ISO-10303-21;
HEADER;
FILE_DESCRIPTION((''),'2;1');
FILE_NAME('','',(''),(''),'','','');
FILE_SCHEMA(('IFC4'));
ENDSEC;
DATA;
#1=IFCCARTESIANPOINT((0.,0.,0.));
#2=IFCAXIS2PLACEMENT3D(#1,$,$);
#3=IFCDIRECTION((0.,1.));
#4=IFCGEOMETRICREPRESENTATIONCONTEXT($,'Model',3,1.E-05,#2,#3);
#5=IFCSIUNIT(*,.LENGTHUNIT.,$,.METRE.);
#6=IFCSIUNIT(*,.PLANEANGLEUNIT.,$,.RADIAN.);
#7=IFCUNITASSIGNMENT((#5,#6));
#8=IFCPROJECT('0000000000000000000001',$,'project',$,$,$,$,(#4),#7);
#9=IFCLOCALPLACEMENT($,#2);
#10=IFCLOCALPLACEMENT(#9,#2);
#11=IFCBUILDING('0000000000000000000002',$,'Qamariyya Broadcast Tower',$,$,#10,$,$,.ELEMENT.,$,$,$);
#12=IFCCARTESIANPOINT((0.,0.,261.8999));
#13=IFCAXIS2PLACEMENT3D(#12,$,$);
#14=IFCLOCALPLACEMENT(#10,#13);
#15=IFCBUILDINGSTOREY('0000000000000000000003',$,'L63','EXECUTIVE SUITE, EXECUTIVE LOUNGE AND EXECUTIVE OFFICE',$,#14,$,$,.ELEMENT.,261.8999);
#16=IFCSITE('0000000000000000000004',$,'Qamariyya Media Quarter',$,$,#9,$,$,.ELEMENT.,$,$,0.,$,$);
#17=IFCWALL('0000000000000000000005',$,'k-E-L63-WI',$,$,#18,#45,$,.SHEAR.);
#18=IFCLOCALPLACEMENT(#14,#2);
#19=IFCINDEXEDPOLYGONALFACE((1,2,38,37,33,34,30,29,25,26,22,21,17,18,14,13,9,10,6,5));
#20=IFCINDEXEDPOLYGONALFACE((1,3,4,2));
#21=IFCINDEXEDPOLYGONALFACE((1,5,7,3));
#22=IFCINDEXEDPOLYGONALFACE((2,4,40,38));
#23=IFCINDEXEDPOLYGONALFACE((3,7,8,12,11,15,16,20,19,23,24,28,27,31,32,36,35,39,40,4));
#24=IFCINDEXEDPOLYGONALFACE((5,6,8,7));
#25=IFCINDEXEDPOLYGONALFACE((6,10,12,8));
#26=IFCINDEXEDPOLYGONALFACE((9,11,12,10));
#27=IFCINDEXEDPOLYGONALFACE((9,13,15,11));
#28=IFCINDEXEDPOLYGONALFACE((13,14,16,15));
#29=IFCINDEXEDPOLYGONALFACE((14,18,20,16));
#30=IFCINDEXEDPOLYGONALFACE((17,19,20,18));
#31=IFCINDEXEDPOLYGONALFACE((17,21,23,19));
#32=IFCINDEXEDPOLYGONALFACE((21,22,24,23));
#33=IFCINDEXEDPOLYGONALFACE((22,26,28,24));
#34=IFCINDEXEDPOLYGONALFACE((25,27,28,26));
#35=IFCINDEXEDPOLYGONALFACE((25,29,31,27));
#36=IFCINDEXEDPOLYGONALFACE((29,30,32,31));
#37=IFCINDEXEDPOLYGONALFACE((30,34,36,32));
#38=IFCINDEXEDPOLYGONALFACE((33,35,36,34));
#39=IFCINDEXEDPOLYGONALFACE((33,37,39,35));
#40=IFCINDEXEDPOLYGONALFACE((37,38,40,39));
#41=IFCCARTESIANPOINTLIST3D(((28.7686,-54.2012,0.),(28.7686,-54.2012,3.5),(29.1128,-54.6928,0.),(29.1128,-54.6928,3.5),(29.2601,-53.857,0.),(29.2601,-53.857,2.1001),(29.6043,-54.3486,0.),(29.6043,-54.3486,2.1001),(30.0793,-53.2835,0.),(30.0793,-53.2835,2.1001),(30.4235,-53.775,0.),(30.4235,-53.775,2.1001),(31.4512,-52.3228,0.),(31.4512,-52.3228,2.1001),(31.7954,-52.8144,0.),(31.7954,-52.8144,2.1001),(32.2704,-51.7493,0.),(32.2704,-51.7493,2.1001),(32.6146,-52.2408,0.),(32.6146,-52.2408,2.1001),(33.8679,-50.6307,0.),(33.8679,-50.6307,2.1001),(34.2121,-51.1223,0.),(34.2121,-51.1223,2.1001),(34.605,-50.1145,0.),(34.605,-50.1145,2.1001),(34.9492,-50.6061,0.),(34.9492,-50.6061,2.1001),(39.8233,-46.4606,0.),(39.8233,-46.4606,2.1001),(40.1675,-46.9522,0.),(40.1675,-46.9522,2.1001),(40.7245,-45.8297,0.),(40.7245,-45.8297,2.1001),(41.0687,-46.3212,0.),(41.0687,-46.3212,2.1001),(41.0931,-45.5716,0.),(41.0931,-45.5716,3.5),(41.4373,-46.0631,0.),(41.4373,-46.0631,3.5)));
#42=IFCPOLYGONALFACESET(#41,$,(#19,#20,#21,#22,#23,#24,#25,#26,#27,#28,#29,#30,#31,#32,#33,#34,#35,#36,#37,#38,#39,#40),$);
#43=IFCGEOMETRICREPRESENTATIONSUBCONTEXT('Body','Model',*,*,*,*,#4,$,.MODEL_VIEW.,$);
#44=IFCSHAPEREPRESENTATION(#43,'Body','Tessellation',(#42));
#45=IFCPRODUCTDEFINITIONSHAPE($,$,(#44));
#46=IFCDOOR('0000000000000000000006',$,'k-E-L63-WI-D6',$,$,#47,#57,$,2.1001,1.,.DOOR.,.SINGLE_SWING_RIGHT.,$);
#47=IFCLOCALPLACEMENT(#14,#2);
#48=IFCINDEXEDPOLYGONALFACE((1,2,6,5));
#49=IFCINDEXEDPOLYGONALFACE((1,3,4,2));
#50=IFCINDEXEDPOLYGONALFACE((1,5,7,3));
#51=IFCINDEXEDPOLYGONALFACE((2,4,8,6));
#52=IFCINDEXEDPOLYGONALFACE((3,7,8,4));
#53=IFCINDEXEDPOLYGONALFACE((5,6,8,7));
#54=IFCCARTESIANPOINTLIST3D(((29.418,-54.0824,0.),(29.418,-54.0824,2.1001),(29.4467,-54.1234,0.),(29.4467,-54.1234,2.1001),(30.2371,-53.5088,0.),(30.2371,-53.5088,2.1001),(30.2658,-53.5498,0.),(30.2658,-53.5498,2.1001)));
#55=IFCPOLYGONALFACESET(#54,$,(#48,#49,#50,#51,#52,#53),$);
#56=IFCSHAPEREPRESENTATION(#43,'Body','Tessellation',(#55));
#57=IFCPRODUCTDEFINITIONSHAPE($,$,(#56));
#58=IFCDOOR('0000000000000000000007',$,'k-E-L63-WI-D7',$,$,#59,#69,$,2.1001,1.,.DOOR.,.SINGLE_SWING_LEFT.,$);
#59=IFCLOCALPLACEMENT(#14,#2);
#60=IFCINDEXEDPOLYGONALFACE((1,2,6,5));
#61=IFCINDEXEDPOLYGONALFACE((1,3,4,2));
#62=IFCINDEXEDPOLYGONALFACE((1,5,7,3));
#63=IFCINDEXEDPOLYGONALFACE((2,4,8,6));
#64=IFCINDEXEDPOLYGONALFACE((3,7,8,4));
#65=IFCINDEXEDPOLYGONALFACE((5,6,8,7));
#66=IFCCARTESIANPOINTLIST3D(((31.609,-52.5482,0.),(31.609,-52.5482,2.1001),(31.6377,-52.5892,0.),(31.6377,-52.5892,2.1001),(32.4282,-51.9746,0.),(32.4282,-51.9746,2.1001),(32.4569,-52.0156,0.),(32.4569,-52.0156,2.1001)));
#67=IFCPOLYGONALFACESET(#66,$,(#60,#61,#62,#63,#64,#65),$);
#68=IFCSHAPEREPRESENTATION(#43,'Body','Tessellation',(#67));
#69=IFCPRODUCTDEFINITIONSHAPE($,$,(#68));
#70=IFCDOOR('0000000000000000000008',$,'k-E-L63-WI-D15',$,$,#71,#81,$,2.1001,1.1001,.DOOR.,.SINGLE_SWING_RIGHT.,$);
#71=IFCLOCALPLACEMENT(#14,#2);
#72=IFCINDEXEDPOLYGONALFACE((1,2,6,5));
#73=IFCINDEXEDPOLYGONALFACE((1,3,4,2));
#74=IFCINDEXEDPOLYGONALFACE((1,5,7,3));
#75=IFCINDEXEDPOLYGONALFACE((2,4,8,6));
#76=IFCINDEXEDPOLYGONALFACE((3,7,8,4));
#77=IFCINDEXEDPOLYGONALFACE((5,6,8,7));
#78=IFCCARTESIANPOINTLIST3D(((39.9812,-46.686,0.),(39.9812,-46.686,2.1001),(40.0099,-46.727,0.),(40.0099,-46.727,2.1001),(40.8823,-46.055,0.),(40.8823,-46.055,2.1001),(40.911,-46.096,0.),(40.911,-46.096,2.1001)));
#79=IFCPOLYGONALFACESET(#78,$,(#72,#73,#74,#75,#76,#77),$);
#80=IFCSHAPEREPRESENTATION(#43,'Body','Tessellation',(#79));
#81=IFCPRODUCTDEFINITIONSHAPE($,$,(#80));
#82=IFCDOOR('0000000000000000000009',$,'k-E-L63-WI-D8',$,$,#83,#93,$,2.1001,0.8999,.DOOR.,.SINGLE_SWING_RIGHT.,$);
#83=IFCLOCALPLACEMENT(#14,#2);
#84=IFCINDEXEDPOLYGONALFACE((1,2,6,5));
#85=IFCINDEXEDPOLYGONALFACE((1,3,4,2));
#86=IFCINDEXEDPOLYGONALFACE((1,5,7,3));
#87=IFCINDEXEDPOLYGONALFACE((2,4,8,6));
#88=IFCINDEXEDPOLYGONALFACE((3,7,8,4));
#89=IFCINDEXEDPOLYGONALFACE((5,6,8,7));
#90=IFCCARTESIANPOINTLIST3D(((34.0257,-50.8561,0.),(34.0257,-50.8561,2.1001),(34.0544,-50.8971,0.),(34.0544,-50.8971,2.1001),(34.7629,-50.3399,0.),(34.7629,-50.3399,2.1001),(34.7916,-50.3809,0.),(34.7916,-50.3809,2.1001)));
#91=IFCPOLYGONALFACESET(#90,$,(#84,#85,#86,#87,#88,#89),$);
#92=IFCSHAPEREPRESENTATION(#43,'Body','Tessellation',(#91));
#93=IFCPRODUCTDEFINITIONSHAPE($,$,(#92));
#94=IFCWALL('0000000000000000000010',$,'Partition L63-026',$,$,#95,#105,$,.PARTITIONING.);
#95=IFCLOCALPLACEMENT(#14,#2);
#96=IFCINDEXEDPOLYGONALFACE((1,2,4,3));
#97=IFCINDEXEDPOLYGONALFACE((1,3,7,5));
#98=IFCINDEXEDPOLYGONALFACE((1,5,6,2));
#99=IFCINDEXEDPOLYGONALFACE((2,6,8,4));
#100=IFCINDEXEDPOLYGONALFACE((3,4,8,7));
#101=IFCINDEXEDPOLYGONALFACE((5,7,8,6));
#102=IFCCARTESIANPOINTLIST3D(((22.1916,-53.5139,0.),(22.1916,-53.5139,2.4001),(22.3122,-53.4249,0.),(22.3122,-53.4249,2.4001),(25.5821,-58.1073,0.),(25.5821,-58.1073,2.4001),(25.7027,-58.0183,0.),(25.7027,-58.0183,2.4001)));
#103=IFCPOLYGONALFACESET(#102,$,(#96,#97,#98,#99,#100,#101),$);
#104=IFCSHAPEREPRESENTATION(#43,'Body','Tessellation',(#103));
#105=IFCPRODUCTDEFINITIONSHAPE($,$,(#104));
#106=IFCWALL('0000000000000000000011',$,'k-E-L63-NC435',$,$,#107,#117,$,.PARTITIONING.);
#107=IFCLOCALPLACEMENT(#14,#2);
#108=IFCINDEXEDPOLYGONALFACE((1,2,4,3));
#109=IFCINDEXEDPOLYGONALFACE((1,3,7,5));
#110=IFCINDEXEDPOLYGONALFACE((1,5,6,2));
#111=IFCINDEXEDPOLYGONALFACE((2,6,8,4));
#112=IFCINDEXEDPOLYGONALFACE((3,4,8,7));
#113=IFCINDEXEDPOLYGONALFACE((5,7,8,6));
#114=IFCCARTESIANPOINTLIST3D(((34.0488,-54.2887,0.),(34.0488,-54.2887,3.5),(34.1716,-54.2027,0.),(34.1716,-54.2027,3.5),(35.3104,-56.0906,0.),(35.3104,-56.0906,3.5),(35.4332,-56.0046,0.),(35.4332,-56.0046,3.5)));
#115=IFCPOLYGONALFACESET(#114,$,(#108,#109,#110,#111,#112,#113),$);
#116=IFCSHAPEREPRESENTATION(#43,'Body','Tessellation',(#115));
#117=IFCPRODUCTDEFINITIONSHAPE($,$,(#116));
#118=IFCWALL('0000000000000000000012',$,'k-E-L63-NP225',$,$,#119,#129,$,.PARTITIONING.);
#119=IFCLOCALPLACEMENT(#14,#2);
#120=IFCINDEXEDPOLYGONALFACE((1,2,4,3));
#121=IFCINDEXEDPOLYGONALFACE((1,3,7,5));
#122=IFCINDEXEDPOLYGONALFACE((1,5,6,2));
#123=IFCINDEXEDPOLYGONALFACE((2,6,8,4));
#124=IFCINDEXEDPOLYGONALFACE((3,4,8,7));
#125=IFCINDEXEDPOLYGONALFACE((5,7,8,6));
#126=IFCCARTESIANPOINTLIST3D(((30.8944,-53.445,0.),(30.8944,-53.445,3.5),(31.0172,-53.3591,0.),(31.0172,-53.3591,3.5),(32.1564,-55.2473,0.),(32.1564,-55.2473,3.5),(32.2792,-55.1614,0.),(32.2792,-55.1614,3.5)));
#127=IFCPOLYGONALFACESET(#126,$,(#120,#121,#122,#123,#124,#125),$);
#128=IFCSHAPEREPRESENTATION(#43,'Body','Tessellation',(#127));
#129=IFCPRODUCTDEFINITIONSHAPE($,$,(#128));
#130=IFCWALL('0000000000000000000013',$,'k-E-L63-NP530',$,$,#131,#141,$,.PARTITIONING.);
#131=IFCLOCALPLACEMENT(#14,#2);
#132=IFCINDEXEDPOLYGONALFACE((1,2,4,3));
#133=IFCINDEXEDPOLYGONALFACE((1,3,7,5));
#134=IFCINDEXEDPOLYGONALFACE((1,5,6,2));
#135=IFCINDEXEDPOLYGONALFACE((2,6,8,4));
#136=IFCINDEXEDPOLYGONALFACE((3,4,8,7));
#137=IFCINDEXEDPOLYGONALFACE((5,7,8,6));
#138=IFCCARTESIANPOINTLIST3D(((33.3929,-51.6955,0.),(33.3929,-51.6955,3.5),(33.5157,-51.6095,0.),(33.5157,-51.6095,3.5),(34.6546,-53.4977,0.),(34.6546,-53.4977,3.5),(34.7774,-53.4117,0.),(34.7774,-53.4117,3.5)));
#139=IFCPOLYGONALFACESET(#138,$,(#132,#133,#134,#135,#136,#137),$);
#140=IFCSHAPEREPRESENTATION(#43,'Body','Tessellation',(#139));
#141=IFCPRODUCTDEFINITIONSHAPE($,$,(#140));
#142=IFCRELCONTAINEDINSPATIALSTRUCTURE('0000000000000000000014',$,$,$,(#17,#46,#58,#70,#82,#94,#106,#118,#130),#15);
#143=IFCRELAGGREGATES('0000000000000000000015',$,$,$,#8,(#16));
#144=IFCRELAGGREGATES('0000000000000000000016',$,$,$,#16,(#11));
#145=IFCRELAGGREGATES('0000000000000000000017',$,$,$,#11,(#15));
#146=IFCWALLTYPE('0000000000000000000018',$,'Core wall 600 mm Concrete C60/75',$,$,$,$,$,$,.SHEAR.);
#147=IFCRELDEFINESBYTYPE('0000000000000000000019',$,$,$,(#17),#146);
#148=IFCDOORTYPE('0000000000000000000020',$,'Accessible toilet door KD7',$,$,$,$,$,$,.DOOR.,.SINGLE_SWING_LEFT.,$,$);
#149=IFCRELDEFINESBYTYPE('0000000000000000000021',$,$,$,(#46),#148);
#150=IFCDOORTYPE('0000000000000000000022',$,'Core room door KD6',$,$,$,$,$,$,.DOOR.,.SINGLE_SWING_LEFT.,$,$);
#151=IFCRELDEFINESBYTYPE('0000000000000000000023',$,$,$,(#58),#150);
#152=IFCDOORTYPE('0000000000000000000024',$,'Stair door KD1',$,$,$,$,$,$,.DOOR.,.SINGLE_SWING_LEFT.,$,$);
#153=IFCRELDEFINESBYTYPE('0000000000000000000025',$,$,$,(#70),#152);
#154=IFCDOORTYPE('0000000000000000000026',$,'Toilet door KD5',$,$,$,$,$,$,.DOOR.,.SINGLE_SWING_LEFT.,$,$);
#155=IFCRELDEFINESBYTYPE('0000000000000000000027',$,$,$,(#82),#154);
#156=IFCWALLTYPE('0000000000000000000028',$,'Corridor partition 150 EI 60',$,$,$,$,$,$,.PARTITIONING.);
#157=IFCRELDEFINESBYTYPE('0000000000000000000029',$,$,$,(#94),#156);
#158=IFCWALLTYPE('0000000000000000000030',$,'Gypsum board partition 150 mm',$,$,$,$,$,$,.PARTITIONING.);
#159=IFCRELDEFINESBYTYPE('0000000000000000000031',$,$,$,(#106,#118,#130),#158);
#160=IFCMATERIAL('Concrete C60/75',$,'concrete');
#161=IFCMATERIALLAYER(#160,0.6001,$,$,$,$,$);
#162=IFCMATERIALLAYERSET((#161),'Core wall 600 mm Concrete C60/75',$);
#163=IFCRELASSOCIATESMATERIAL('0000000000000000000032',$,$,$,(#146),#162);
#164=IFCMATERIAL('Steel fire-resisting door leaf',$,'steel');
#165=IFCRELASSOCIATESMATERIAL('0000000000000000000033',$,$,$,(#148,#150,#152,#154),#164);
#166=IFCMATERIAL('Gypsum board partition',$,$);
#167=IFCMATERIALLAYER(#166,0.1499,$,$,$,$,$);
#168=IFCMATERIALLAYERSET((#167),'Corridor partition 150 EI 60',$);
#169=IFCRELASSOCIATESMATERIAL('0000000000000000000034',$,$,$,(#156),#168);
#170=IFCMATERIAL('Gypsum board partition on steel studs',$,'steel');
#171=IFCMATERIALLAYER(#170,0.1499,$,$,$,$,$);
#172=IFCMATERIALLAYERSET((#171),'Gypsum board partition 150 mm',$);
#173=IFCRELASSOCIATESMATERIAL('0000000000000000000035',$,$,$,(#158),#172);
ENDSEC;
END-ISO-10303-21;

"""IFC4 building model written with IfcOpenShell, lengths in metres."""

from ifc_helpers import new_model, si_unit, direction, frame, frame_2d, origin, place, context, subcontext, project, spatial, rectangle, extrude, material, layer, layer_set, type_object, element, fill, save


model = new_model("IFC4")

# Units and contexts
model_context = context("Model", 3, precision=1e-05, world=origin(), true_north=direction((0.0, 1.0)))
body_context = subcontext(model_context, "Body", "Model", "MODEL_VIEW")
ifc_project = project(units=[si_unit("LENGTHUNIT", "METRE"), si_unit("PLANEANGLEUNIT", "RADIAN")], contexts=[model_context])

# Site, building, storey
site_placement = place(None, origin())
site = spatial("IfcSite", under=ifc_project, at=site_placement, Name="Qamariyya Media Quarter", CompositionType="ELEMENT", RefElevation=0.0)
building_placement = place(site_placement, origin())
building = spatial("IfcBuilding", under=site, at=building_placement, Name="Qamariyya Broadcast Tower", CompositionType="ELEMENT")
storey_placement = place(building_placement, frame((0.0, 0.0, 261.8999)))
storey = spatial("IfcBuildingStorey", under=building, at=storey_placement, Name="L63", Description="EXECUTIVE SUITE, EXECUTIVE LOUNGE AND EXECUTIVE OFFICE", CompositionType="ELEMENT", Elevation=261.8999)

# Wall, openings, doors
ifc_material_1 = material(Name="Concrete C60/75", Category="concrete")
ifc_layer_1 = layer(ifc_material_1, 0.6001)
ifc_layer_set_1 = layer_set([ifc_layer_1], Name="Core wall 600 mm Concrete C60/75")
wall_type_1 = type_object("IfcWallType", Name="Core wall 600 mm Concrete C60/75", PredefinedType="SHEAR", material=ifc_layer_set_1)
wall_1_placement = place(storey_placement, frame((28.9407, -54.447, 0.0), z_axis=(0.0, 0.0, 1.0), x_axis=(0.819153, 0.573575, 0.0)))
wall_1 = element("IfcWall", 1, at=wall_1_placement, inside=storey, type_object=wall_type_1, Name="k-E-L63-WI", PredefinedType="SHEAR", context=body_context, shape_type="SweptSolid", body=[
    extrude(rectangle(XDim=15.0454, YDim=0.6001, at=frame_2d((7.5227, 0.0))), origin(), (0.0, 0.0, 1.0), 3.5),
])
opening_1_placement = place(wall_1_placement, frame((0.6001, 0.0, 0.0)))
opening_1 = element("IfcOpeningElement", 2, at=opening_1_placement, cuts=wall_1, PredefinedType="OPENING", context=body_context, shape_type="SweptSolid", body=[
    extrude(rectangle(XDim=1.0, YDim=2.1001, at=frame_2d((0.5, 1.05))), frame((0.0, 0.3101, 0.0), z_axis=(0.0, -1.0, 0.0), x_axis=(1.0, 0.0, 0.0)), (0.0, 0.0, 1.0), 0.6201),
])
opening_2_placement = place(wall_1_placement, frame((3.2749, 0.0, 0.0)))
opening_2 = element("IfcOpeningElement", 3, at=opening_2_placement, cuts=wall_1, PredefinedType="OPENING", context=body_context, shape_type="SweptSolid", body=[
    extrude(rectangle(XDim=1.0, YDim=2.1001, at=frame_2d((0.5, 1.05))), frame((0.0, 0.3101, 0.0), z_axis=(0.0, -1.0, 0.0), x_axis=(1.0, 0.0, 0.0)), (0.0, 0.0, 1.0), 0.6201),
])
opening_3_placement = place(wall_1_placement, frame((6.2251, 0.0, 0.0)))
opening_3 = element("IfcOpeningElement", 4, at=opening_3_placement, cuts=wall_1, PredefinedType="OPENING", context=body_context, shape_type="SweptSolid", body=[
    extrude(rectangle(XDim=0.8999, YDim=2.1001, at=frame_2d((0.45, 1.05))), frame((0.0, 0.3101, 0.0), z_axis=(0.0, -1.0, 0.0), x_axis=(1.0, 0.0, 0.0)), (0.0, 0.0, 1.0), 0.6201),
])
opening_4_placement = place(wall_1_placement, frame((13.4954, 0.0, 0.0)))
opening_4 = element("IfcOpeningElement", 5, at=opening_4_placement, cuts=wall_1, PredefinedType="OPENING", context=body_context, shape_type="SweptSolid", body=[
    extrude(rectangle(XDim=1.1001, YDim=2.1001, at=frame_2d((0.55, 1.05))), frame((0.0, 0.3101, 0.0), z_axis=(0.0, -1.0, 0.0), x_axis=(1.0, 0.0, 0.0)), (0.0, 0.0, 1.0), 0.6201),
])
ifc_material_2 = material(Name="Steel fire-resisting door leaf", Category="steel")
door_type_1 = type_object("IfcDoorType", Name="Accessible toilet door KD7", OperationType="SINGLE_SWING_LEFT", PredefinedType="DOOR", material=ifc_material_2)
door_1_placement = place(opening_1_placement, origin())
door_1 = element("IfcDoor", 6, at=door_1_placement, inside=storey, type_object=door_type_1, Name="k-E-L63-WI-D6", OperationType="SINGLE_SWING_RIGHT", OverallHeight=2.1001, OverallWidth=1.0, PredefinedType="DOOR", context=body_context, shape_type="SweptSolid", body=[
    extrude(rectangle(XDim=1.0, YDim=2.1001, at=frame_2d((0.5, 1.05))), frame((0.0, 0.0249, 0.0), z_axis=(0.0, -1.0, 0.0), x_axis=(1.0, 0.0, 0.0)), (0.0, 0.0, 1.0), 0.05),
])
fill(opening_1, door_1)
door_type_2 = type_object("IfcDoorType", Name="Core room door KD6", OperationType="SINGLE_SWING_LEFT", PredefinedType="DOOR", material=ifc_material_2)
door_2_placement = place(opening_2_placement, origin())
door_2 = element("IfcDoor", 7, at=door_2_placement, inside=storey, type_object=door_type_2, Name="k-E-L63-WI-D7", OperationType="SINGLE_SWING_LEFT", OverallHeight=2.1001, OverallWidth=1.0, PredefinedType="DOOR", context=body_context, shape_type="SweptSolid", body=[
    extrude(rectangle(XDim=1.0, YDim=2.1001, at=frame_2d((0.5, 1.05))), frame((0.0, 0.0249, 0.0), z_axis=(0.0, -1.0, 0.0), x_axis=(1.0, 0.0, 0.0)), (0.0, 0.0, 1.0), 0.05),
])
fill(opening_2, door_2)
door_type_3 = type_object("IfcDoorType", Name="Stair door KD1", OperationType="SINGLE_SWING_LEFT", PredefinedType="DOOR", material=ifc_material_2)
door_3_placement = place(opening_4_placement, origin())
door_3 = element("IfcDoor", 8, at=door_3_placement, inside=storey, type_object=door_type_3, Name="k-E-L63-WI-D15", OperationType="SINGLE_SWING_RIGHT", OverallHeight=2.1001, OverallWidth=1.1001, PredefinedType="DOOR", context=body_context, shape_type="SweptSolid", body=[
    extrude(rectangle(XDim=1.1001, YDim=2.1001, at=frame_2d((0.55, 1.05))), frame((0.0, 0.0249, 0.0), z_axis=(0.0, -1.0, 0.0), x_axis=(1.0, 0.0, 0.0)), (0.0, 0.0, 1.0), 0.05),
])
fill(opening_4, door_3)
door_type_4 = type_object("IfcDoorType", Name="Toilet door KD5", OperationType="SINGLE_SWING_LEFT", PredefinedType="DOOR", material=ifc_material_2)
door_4_placement = place(opening_3_placement, origin())
door_4 = element("IfcDoor", 9, at=door_4_placement, inside=storey, type_object=door_type_4, Name="k-E-L63-WI-D8", OperationType="SINGLE_SWING_RIGHT", OverallHeight=2.1001, OverallWidth=0.8999, PredefinedType="DOOR", context=body_context, shape_type="SweptSolid", body=[
    extrude(rectangle(XDim=0.8999, YDim=2.1001, at=frame_2d((0.45, 1.05))), frame((0.0, 0.0249, 0.0), z_axis=(0.0, -1.0, 0.0), x_axis=(1.0, 0.0, 0.0)), (0.0, 0.0, 1.0), 0.05),
])
fill(opening_3, door_4)

# Walls
ifc_material_3 = material(Name="Gypsum board partition")
ifc_layer_2 = layer(ifc_material_3, 0.1499)
ifc_layer_set_2 = layer_set([ifc_layer_2], Name="Corridor partition 150 EI 60")
wall_type_2 = type_object("IfcWallType", Name="Corridor partition 150 EI 60", PredefinedType="PARTITIONING", material=ifc_layer_set_2)
wall_2_placement = place(storey_placement, frame((22.252, -53.4695, 0.0), z_axis=(0.0, 0.0, 1.0), x_axis=(0.593873, -0.804559, 0.0)))
element("IfcWall", 10, at=wall_2_placement, inside=storey, type_object=wall_type_2, Name="Partition L63-026", PredefinedType="PARTITIONING", context=body_context, shape_type="SweptSolid", body=[
    extrude(rectangle(XDim=5.7092, YDim=0.1499, at=frame_2d((2.8545, 0.0))), origin(), (0.0, 0.0, 1.0), 2.4001),
])
ifc_material_4 = material(Name="Gypsum board partition on steel studs", Category="steel")
ifc_layer_3 = layer(ifc_material_4, 0.1499)
ifc_layer_set_3 = layer_set([ifc_layer_3], Name="Gypsum board partition 150 mm")
wall_type_3 = type_object("IfcWallType", Name="Gypsum board partition 150 mm", PredefinedType="PARTITIONING", material=ifc_layer_set_3)
wall_3_placement = place(storey_placement, frame((35.3718, -56.0476, 0.0), z_axis=(0.0, 0.0, 1.0), x_axis=(-0.573559, 0.819164, 0.0)))
element("IfcWall", 11, at=wall_3_placement, inside=storey, type_object=wall_type_3, Name="k-E-L63-NC435", PredefinedType="PARTITIONING", context=body_context, shape_type="SweptSolid", body=[
    extrude(rectangle(XDim=2.1997, YDim=0.1499, at=frame_2d((1.0999, 0.0))), origin(), (0.0, 0.0, 1.0), 3.5),
])
wall_4_placement = place(storey_placement, frame((32.2178, -55.2043, 0.0), z_axis=(0.0, 0.0, 1.0), x_axis=(-0.573581, 0.819149, 0.0)))
element("IfcWall", 12, at=wall_4_placement, inside=storey, type_object=wall_type_3, Name="k-E-L63-NP225", PredefinedType="PARTITIONING", context=body_context, shape_type="SweptSolid", body=[
    extrude(rectangle(XDim=2.2002, YDim=0.1499, at=frame_2d((1.1001, 0.0))), origin(), (0.0, 0.0, 1.0), 3.5),
])
wall_5_placement = place(storey_placement, frame((34.7161, -53.4548, 0.0), z_axis=(0.0, 0.0, 1.0), x_axis=(-0.573507, 0.819201, 0.0)))
element("IfcWall", 13, at=wall_5_placement, inside=storey, type_object=wall_type_3, Name="k-E-L63-NP530", PredefinedType="PARTITIONING", context=body_context, shape_type="SweptSolid", body=[
    extrude(rectangle(XDim=2.2, YDim=0.1499, at=frame_2d((1.1001, 0.0))), origin(), (0.0, 0.0, 1.0), 3.5),
])

save(model, "model.ifc")
